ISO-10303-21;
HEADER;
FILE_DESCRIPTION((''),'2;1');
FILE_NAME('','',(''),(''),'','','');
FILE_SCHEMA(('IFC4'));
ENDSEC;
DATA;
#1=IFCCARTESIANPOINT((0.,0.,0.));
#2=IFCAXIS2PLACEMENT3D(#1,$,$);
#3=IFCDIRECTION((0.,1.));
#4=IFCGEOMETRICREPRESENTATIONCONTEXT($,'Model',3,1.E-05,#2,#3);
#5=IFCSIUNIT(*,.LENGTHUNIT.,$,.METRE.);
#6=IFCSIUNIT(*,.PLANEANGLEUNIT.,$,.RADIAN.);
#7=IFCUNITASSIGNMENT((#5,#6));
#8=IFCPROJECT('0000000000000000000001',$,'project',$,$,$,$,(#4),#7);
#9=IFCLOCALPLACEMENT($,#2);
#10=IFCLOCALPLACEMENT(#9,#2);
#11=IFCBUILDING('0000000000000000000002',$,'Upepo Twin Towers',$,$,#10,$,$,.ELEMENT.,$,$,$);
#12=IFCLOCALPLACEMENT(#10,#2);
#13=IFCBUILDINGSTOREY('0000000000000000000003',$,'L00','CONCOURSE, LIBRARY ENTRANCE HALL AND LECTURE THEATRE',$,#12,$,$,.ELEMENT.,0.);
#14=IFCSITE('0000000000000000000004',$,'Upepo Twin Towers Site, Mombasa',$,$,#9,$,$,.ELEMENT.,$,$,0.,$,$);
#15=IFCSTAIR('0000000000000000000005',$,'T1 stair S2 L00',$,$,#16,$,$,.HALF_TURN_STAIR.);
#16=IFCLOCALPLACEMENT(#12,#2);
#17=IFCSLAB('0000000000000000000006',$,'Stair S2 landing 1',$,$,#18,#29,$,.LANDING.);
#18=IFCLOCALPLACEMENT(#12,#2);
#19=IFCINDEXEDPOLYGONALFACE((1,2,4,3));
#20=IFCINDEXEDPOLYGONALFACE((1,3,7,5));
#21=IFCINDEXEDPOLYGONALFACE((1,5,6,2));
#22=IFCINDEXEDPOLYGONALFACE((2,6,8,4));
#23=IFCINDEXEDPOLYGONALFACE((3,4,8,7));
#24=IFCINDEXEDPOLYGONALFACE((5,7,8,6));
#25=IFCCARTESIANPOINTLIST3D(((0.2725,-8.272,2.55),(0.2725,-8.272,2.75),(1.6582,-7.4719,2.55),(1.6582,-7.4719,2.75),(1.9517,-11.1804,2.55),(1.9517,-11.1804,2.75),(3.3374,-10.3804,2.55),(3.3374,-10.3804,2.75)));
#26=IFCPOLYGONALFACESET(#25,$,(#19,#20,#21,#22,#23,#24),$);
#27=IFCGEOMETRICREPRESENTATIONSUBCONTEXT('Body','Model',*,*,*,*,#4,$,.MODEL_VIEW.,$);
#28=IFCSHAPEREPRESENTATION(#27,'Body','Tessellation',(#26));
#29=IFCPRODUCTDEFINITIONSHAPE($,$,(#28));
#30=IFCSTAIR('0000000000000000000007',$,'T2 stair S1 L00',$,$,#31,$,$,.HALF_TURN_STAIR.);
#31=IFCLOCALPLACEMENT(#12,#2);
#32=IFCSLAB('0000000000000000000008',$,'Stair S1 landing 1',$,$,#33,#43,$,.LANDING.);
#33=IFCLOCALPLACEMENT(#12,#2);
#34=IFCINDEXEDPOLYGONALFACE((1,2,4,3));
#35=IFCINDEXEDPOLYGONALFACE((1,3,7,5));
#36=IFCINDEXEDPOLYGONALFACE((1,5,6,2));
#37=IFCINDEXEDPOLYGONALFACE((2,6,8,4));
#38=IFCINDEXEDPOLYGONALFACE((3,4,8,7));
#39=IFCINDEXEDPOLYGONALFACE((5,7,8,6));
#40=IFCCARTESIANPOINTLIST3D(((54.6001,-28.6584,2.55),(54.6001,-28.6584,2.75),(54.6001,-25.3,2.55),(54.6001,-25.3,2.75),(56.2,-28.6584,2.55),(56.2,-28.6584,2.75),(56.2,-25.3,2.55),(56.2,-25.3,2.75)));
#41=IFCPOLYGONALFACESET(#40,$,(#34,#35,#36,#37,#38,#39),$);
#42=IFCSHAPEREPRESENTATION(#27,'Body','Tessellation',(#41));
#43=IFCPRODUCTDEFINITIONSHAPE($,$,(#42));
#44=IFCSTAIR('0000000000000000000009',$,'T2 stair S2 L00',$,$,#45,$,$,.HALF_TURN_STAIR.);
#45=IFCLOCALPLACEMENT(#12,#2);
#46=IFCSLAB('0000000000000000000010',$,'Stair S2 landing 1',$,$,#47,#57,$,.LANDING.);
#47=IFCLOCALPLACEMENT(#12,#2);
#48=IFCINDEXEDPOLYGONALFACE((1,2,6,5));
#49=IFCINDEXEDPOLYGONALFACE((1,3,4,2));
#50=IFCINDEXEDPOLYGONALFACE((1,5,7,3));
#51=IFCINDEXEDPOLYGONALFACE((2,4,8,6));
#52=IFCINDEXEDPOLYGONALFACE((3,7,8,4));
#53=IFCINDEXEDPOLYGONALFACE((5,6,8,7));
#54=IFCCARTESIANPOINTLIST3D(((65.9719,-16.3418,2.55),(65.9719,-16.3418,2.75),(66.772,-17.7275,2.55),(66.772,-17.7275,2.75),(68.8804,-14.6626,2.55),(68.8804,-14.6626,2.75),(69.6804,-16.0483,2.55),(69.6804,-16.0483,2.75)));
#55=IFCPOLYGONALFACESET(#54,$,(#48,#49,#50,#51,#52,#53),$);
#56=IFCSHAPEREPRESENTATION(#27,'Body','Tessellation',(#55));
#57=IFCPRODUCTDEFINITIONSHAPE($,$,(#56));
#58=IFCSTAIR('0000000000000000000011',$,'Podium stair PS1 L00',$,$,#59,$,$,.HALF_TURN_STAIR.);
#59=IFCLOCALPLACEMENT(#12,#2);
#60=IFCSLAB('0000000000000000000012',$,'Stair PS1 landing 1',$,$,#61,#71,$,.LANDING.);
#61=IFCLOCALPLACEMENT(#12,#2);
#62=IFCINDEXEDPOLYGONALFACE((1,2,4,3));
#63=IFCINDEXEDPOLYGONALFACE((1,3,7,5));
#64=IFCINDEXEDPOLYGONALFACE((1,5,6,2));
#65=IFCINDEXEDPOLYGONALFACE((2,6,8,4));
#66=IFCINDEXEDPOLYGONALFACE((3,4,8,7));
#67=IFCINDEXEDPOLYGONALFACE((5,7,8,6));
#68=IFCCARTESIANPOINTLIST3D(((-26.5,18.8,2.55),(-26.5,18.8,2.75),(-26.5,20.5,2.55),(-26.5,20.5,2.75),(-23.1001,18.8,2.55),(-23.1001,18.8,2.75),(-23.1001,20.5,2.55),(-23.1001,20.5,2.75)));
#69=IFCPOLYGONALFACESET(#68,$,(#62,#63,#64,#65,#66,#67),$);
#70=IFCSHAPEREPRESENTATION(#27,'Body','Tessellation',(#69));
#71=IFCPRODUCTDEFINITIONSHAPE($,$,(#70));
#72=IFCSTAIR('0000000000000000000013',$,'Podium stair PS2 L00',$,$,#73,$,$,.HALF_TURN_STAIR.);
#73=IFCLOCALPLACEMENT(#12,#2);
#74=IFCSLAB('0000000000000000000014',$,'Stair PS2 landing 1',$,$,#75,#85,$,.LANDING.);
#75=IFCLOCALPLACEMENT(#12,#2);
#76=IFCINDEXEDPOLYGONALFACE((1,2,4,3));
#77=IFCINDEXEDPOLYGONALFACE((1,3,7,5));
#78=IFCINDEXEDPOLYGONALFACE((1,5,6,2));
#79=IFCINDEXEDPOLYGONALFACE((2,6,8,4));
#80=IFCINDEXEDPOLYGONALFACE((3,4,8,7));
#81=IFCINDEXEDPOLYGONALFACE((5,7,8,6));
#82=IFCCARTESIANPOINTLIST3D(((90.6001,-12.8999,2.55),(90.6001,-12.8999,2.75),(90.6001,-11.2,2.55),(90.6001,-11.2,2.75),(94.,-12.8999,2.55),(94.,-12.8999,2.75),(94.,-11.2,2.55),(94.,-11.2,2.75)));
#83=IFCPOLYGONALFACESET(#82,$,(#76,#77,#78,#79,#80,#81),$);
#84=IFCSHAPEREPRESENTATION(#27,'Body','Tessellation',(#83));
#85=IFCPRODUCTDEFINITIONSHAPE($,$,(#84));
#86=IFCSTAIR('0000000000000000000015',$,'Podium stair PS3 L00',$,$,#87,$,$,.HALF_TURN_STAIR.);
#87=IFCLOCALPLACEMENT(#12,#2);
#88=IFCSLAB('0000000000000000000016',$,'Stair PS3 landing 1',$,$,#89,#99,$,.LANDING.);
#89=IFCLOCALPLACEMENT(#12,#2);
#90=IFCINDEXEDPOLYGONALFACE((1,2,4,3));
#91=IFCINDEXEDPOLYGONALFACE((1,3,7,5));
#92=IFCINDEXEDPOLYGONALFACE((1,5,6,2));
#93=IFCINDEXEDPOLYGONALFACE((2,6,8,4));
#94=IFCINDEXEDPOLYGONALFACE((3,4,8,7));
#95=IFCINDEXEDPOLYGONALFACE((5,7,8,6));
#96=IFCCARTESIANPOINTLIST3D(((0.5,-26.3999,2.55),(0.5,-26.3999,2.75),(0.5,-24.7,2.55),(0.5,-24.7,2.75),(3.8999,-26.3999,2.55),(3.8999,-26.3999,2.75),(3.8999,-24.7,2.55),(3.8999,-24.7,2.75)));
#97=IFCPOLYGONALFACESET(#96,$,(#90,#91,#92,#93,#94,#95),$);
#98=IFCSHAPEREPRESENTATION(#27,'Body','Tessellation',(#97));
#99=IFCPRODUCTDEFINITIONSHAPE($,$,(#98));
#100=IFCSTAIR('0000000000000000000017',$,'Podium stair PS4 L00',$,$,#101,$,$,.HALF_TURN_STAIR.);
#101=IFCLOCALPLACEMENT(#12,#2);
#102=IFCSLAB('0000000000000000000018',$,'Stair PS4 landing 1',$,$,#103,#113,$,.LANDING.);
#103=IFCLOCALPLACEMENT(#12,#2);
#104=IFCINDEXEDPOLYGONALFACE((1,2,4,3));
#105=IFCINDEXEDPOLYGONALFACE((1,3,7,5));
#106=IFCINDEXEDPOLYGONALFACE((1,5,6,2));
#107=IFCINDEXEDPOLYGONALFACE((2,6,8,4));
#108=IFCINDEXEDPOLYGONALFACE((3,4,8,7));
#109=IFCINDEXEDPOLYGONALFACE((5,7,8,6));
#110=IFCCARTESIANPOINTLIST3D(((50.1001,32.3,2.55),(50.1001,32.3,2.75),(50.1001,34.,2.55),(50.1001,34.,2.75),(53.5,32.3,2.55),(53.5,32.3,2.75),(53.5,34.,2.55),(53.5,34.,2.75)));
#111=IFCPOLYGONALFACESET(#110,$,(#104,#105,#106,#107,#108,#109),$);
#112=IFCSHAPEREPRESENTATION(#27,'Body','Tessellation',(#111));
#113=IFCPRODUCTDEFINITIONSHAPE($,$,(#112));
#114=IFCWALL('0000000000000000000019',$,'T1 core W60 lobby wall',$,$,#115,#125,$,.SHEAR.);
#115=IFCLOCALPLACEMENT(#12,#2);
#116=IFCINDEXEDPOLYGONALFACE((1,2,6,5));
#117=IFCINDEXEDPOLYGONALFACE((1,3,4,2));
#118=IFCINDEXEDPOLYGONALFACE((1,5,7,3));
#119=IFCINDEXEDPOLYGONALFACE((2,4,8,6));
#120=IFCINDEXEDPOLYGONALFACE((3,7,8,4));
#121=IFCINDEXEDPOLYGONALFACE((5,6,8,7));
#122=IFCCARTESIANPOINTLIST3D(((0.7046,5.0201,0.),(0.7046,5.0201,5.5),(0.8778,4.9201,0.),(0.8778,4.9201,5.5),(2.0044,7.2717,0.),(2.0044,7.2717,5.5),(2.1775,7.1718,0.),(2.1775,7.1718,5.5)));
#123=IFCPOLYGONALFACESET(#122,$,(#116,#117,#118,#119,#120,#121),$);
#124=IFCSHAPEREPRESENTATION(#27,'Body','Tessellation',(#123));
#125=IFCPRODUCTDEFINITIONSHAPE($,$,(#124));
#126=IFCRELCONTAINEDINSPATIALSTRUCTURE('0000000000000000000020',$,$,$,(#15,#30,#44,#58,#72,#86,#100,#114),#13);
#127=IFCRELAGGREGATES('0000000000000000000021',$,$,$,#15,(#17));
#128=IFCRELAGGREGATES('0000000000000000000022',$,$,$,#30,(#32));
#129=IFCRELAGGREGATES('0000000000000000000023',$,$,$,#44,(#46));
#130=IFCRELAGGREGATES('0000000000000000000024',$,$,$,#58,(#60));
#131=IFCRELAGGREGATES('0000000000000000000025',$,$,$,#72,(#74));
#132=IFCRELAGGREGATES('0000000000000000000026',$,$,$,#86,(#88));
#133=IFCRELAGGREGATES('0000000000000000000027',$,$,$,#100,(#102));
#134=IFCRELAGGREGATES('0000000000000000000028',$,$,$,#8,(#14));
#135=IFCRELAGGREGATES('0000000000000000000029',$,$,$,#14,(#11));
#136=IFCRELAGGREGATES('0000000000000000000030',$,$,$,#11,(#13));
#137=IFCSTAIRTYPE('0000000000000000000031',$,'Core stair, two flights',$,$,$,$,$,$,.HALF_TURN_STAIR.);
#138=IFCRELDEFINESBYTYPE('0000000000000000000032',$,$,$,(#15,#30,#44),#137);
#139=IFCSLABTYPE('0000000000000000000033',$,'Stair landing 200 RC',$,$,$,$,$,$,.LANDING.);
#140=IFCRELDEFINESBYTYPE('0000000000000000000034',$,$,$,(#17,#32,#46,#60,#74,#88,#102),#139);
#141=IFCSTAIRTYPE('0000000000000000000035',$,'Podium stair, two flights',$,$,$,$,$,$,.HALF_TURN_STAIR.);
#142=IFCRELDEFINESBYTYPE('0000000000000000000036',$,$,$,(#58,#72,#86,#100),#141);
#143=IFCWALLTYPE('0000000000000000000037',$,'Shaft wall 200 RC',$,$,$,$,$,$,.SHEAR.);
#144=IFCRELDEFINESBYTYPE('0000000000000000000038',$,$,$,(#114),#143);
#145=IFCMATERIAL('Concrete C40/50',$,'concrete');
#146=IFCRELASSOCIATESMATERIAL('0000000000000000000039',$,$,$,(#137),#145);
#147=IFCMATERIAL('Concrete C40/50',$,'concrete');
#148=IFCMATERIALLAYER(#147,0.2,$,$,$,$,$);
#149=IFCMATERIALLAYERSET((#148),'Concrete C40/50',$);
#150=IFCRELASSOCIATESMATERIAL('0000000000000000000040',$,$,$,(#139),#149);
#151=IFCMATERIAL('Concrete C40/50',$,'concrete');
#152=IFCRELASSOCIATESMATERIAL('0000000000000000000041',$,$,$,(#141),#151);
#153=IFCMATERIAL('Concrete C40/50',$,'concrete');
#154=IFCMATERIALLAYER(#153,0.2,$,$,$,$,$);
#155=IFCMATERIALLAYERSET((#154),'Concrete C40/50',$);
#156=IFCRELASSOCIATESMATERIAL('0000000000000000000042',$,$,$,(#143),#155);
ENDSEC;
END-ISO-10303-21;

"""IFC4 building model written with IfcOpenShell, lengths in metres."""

from ifc_helpers import new_model, si_unit, direction, frame, frame_2d, origin, place, context, subcontext, project, spatial, polyline, rectangle, outline, extrude, material, layer, layer_set, type_object, element, aggregate, save


model = new_model("IFC4")

# Units and contexts
model_context = context("Model", 3, precision=1e-05, world=origin(), true_north=direction((0.0, 1.0)))
body_context = subcontext(model_context, "Body", "Model", "MODEL_VIEW")
ifc_project = project(units=[si_unit("LENGTHUNIT", "METRE"), si_unit("PLANEANGLEUNIT", "RADIAN")], contexts=[model_context])

# Site, building, storey
site_placement = place(None, origin())
site = spatial("IfcSite", under=ifc_project, at=site_placement, Name="Upepo Twin Towers Site, Mombasa", CompositionType="ELEMENT", RefElevation=0.0)
building_placement = place(site_placement, origin())
building = spatial("IfcBuilding", under=site, at=building_placement, Name="Upepo Twin Towers", CompositionType="ELEMENT")
storey_placement = place(building_placement, origin())
storey = spatial("IfcBuildingStorey", under=building, at=storey_placement, Name="L00", Description="CONCOURSE, LIBRARY ENTRANCE HALL AND LECTURE THEATRE", CompositionType="ELEMENT", Elevation=0.0)

# Stairs, slabs
ifc_material_1 = material(Name="Concrete C40/50", Category="concrete")
stair_type_1 = type_object("IfcStairType", Name="Core stair, two flights", PredefinedType="HALF_TURN_STAIR", material=ifc_material_1)
ifc_material_2 = material(Name="Concrete C40/50", Category="concrete")
ifc_layer_1 = layer(ifc_material_2, 0.2)
ifc_layer_set_1 = layer_set([ifc_layer_1], Name="Concrete C40/50")
slab_type_1 = type_object("IfcSlabType", Name="Stair landing 200 RC", PredefinedType="LANDING", material=ifc_layer_set_1)
stair_1_placement = place(storey_placement, origin())
stair_1 = element("IfcStair", 1, at=stair_1_placement, inside=storey, type_object=stair_type_1, Name="T1 stair S2 L00", PredefinedType="HALF_TURN_STAIR")
slab_1_placement = place(storey_placement, frame((0.0, 0.0, 2.55)))
slab_1 = element("IfcSlab", 2, at=slab_1_placement, type_object=slab_type_1, Name="Stair S2 landing 1", PredefinedType="LANDING", context=body_context, shape_type="SweptSolid", body=[
    extrude(outline(polyline([(0.2725, -8.272), (1.9517, -11.1804), (3.3374, -10.3804), (1.6582, -7.4719), (0.2725, -8.272)])), origin(), (0.0, 0.0, 1.0), 0.2),
])
aggregate(stair_1, [slab_1])
stair_2_placement = place(storey_placement, origin())
stair_2 = element("IfcStair", 3, at=stair_2_placement, inside=storey, type_object=stair_type_1, Name="T2 stair S1 L00", PredefinedType="HALF_TURN_STAIR")
slab_2_placement = place(storey_placement, frame((0.0, 0.0, 2.55)))
slab_2 = element("IfcSlab", 4, at=slab_2_placement, type_object=slab_type_1, Name="Stair S1 landing 1", PredefinedType="LANDING", context=body_context, shape_type="SweptSolid", body=[
    extrude(outline(polyline([(54.6001, -25.3), (54.6001, -28.6584), (56.2, -28.6584), (56.2, -25.3), (54.6001, -25.3)])), origin(), (0.0, 0.0, 1.0), 0.2),
])
aggregate(stair_2, [slab_2])
stair_3_placement = place(storey_placement, origin())
stair_3 = element("IfcStair", 5, at=stair_3_placement, inside=storey, type_object=stair_type_1, Name="T2 stair S2 L00", PredefinedType="HALF_TURN_STAIR")
slab_3_placement = place(storey_placement, frame((0.0, 0.0, 2.55)))
slab_3 = element("IfcSlab", 6, at=slab_3_placement, type_object=slab_type_1, Name="Stair S2 landing 1", PredefinedType="LANDING", context=body_context, shape_type="SweptSolid", body=[
    extrude(outline(polyline([(66.772, -17.7275), (69.6804, -16.0483), (68.8804, -14.6626), (65.9719, -16.3418), (66.772, -17.7275)])), origin(), (0.0, 0.0, 1.0), 0.2),
])
aggregate(stair_3, [slab_3])
ifc_material_3 = material(Name="Concrete C40/50", Category="concrete")
stair_type_2 = type_object("IfcStairType", Name="Podium stair, two flights", PredefinedType="HALF_TURN_STAIR", material=ifc_material_3)
stair_4_placement = place(storey_placement, origin())
stair_4 = element("IfcStair", 7, at=stair_4_placement, inside=storey, type_object=stair_type_2, Name="Podium stair PS1 L00", PredefinedType="HALF_TURN_STAIR")
slab_4_placement = place(storey_placement, frame((0.0, 0.0, 2.55)))
slab_4 = element("IfcSlab", 8, at=slab_4_placement, type_object=slab_type_1, Name="Stair PS1 landing 1", PredefinedType="LANDING", context=body_context, shape_type="SweptSolid", body=[
    extrude(outline(polyline([(-26.5, 18.8), (-23.1001, 18.8), (-23.1001, 20.5), (-26.5, 20.5), (-26.5, 18.8)])), origin(), (0.0, 0.0, 1.0), 0.2),
])
aggregate(stair_4, [slab_4])
stair_5_placement = place(storey_placement, origin())
stair_5 = element("IfcStair", 9, at=stair_5_placement, inside=storey, type_object=stair_type_2, Name="Podium stair PS2 L00", PredefinedType="HALF_TURN_STAIR")
slab_5_placement = place(storey_placement, frame((0.0, 0.0, 2.55)))
slab_5 = element("IfcSlab", 10, at=slab_5_placement, type_object=slab_type_1, Name="Stair PS2 landing 1", PredefinedType="LANDING", context=body_context, shape_type="SweptSolid", body=[
    extrude(outline(polyline([(90.6001, -12.8999), (94.0, -12.8999), (94.0, -11.2), (90.6001, -11.2), (90.6001, -12.8999)])), origin(), (0.0, 0.0, 1.0), 0.2),
])
aggregate(stair_5, [slab_5])
stair_6_placement = place(storey_placement, origin())
stair_6 = element("IfcStair", 11, at=stair_6_placement, inside=storey, type_object=stair_type_2, Name="Podium stair PS3 L00", PredefinedType="HALF_TURN_STAIR")
slab_6_placement = place(storey_placement, frame((0.0, 0.0, 2.55)))
slab_6 = element("IfcSlab", 12, at=slab_6_placement, type_object=slab_type_1, Name="Stair PS3 landing 1", PredefinedType="LANDING", context=body_context, shape_type="SweptSolid", body=[
    extrude(outline(polyline([(0.5, -26.3999), (3.8999, -26.3999), (3.8999, -24.7), (0.5, -24.7), (0.5, -26.3999)])), origin(), (0.0, 0.0, 1.0), 0.2),
])
aggregate(stair_6, [slab_6])
stair_7_placement = place(storey_placement, origin())
stair_7 = element("IfcStair", 13, at=stair_7_placement, inside=storey, type_object=stair_type_2, Name="Podium stair PS4 L00", PredefinedType="HALF_TURN_STAIR")
slab_7_placement = place(storey_placement, frame((0.0, 0.0, 2.55)))
slab_7 = element("IfcSlab", 14, at=slab_7_placement, type_object=slab_type_1, Name="Stair PS4 landing 1", PredefinedType="LANDING", context=body_context, shape_type="SweptSolid", body=[
    extrude(outline(polyline([(50.1001, 32.3), (53.5, 32.3), (53.5, 34.0), (50.1001, 34.0), (50.1001, 32.3)])), origin(), (0.0, 0.0, 1.0), 0.2),
])
aggregate(stair_7, [slab_7])

# Wall
ifc_material_4 = material(Name="Concrete C40/50", Category="concrete")
ifc_layer_2 = layer(ifc_material_4, 0.2)
ifc_layer_set_2 = layer_set([ifc_layer_2], Name="Concrete C40/50")
wall_type = type_object("IfcWallType", Name="Shaft wall 200 RC", PredefinedType="SHEAR", material=ifc_layer_set_2)
wall_placement = place(storey_placement, frame((0.7913, 4.9702, 0.0), z_axis=(0.0, 0.0, 1.0), x_axis=(0.499937, 0.866062, 0.0)))
element("IfcWall", 15, at=wall_placement, inside=storey, type_object=wall_type, Name="T1 core W60 lobby wall", PredefinedType="SHEAR", context=body_context, shape_type="SweptSolid", body=[
    extrude(rectangle(XDim=2.5999, YDim=0.2, at=frame_2d((1.2998, 0.0))), origin(), (0.0, 0.0, 1.0), 5.5),
])

save(model, "model.ifc")
